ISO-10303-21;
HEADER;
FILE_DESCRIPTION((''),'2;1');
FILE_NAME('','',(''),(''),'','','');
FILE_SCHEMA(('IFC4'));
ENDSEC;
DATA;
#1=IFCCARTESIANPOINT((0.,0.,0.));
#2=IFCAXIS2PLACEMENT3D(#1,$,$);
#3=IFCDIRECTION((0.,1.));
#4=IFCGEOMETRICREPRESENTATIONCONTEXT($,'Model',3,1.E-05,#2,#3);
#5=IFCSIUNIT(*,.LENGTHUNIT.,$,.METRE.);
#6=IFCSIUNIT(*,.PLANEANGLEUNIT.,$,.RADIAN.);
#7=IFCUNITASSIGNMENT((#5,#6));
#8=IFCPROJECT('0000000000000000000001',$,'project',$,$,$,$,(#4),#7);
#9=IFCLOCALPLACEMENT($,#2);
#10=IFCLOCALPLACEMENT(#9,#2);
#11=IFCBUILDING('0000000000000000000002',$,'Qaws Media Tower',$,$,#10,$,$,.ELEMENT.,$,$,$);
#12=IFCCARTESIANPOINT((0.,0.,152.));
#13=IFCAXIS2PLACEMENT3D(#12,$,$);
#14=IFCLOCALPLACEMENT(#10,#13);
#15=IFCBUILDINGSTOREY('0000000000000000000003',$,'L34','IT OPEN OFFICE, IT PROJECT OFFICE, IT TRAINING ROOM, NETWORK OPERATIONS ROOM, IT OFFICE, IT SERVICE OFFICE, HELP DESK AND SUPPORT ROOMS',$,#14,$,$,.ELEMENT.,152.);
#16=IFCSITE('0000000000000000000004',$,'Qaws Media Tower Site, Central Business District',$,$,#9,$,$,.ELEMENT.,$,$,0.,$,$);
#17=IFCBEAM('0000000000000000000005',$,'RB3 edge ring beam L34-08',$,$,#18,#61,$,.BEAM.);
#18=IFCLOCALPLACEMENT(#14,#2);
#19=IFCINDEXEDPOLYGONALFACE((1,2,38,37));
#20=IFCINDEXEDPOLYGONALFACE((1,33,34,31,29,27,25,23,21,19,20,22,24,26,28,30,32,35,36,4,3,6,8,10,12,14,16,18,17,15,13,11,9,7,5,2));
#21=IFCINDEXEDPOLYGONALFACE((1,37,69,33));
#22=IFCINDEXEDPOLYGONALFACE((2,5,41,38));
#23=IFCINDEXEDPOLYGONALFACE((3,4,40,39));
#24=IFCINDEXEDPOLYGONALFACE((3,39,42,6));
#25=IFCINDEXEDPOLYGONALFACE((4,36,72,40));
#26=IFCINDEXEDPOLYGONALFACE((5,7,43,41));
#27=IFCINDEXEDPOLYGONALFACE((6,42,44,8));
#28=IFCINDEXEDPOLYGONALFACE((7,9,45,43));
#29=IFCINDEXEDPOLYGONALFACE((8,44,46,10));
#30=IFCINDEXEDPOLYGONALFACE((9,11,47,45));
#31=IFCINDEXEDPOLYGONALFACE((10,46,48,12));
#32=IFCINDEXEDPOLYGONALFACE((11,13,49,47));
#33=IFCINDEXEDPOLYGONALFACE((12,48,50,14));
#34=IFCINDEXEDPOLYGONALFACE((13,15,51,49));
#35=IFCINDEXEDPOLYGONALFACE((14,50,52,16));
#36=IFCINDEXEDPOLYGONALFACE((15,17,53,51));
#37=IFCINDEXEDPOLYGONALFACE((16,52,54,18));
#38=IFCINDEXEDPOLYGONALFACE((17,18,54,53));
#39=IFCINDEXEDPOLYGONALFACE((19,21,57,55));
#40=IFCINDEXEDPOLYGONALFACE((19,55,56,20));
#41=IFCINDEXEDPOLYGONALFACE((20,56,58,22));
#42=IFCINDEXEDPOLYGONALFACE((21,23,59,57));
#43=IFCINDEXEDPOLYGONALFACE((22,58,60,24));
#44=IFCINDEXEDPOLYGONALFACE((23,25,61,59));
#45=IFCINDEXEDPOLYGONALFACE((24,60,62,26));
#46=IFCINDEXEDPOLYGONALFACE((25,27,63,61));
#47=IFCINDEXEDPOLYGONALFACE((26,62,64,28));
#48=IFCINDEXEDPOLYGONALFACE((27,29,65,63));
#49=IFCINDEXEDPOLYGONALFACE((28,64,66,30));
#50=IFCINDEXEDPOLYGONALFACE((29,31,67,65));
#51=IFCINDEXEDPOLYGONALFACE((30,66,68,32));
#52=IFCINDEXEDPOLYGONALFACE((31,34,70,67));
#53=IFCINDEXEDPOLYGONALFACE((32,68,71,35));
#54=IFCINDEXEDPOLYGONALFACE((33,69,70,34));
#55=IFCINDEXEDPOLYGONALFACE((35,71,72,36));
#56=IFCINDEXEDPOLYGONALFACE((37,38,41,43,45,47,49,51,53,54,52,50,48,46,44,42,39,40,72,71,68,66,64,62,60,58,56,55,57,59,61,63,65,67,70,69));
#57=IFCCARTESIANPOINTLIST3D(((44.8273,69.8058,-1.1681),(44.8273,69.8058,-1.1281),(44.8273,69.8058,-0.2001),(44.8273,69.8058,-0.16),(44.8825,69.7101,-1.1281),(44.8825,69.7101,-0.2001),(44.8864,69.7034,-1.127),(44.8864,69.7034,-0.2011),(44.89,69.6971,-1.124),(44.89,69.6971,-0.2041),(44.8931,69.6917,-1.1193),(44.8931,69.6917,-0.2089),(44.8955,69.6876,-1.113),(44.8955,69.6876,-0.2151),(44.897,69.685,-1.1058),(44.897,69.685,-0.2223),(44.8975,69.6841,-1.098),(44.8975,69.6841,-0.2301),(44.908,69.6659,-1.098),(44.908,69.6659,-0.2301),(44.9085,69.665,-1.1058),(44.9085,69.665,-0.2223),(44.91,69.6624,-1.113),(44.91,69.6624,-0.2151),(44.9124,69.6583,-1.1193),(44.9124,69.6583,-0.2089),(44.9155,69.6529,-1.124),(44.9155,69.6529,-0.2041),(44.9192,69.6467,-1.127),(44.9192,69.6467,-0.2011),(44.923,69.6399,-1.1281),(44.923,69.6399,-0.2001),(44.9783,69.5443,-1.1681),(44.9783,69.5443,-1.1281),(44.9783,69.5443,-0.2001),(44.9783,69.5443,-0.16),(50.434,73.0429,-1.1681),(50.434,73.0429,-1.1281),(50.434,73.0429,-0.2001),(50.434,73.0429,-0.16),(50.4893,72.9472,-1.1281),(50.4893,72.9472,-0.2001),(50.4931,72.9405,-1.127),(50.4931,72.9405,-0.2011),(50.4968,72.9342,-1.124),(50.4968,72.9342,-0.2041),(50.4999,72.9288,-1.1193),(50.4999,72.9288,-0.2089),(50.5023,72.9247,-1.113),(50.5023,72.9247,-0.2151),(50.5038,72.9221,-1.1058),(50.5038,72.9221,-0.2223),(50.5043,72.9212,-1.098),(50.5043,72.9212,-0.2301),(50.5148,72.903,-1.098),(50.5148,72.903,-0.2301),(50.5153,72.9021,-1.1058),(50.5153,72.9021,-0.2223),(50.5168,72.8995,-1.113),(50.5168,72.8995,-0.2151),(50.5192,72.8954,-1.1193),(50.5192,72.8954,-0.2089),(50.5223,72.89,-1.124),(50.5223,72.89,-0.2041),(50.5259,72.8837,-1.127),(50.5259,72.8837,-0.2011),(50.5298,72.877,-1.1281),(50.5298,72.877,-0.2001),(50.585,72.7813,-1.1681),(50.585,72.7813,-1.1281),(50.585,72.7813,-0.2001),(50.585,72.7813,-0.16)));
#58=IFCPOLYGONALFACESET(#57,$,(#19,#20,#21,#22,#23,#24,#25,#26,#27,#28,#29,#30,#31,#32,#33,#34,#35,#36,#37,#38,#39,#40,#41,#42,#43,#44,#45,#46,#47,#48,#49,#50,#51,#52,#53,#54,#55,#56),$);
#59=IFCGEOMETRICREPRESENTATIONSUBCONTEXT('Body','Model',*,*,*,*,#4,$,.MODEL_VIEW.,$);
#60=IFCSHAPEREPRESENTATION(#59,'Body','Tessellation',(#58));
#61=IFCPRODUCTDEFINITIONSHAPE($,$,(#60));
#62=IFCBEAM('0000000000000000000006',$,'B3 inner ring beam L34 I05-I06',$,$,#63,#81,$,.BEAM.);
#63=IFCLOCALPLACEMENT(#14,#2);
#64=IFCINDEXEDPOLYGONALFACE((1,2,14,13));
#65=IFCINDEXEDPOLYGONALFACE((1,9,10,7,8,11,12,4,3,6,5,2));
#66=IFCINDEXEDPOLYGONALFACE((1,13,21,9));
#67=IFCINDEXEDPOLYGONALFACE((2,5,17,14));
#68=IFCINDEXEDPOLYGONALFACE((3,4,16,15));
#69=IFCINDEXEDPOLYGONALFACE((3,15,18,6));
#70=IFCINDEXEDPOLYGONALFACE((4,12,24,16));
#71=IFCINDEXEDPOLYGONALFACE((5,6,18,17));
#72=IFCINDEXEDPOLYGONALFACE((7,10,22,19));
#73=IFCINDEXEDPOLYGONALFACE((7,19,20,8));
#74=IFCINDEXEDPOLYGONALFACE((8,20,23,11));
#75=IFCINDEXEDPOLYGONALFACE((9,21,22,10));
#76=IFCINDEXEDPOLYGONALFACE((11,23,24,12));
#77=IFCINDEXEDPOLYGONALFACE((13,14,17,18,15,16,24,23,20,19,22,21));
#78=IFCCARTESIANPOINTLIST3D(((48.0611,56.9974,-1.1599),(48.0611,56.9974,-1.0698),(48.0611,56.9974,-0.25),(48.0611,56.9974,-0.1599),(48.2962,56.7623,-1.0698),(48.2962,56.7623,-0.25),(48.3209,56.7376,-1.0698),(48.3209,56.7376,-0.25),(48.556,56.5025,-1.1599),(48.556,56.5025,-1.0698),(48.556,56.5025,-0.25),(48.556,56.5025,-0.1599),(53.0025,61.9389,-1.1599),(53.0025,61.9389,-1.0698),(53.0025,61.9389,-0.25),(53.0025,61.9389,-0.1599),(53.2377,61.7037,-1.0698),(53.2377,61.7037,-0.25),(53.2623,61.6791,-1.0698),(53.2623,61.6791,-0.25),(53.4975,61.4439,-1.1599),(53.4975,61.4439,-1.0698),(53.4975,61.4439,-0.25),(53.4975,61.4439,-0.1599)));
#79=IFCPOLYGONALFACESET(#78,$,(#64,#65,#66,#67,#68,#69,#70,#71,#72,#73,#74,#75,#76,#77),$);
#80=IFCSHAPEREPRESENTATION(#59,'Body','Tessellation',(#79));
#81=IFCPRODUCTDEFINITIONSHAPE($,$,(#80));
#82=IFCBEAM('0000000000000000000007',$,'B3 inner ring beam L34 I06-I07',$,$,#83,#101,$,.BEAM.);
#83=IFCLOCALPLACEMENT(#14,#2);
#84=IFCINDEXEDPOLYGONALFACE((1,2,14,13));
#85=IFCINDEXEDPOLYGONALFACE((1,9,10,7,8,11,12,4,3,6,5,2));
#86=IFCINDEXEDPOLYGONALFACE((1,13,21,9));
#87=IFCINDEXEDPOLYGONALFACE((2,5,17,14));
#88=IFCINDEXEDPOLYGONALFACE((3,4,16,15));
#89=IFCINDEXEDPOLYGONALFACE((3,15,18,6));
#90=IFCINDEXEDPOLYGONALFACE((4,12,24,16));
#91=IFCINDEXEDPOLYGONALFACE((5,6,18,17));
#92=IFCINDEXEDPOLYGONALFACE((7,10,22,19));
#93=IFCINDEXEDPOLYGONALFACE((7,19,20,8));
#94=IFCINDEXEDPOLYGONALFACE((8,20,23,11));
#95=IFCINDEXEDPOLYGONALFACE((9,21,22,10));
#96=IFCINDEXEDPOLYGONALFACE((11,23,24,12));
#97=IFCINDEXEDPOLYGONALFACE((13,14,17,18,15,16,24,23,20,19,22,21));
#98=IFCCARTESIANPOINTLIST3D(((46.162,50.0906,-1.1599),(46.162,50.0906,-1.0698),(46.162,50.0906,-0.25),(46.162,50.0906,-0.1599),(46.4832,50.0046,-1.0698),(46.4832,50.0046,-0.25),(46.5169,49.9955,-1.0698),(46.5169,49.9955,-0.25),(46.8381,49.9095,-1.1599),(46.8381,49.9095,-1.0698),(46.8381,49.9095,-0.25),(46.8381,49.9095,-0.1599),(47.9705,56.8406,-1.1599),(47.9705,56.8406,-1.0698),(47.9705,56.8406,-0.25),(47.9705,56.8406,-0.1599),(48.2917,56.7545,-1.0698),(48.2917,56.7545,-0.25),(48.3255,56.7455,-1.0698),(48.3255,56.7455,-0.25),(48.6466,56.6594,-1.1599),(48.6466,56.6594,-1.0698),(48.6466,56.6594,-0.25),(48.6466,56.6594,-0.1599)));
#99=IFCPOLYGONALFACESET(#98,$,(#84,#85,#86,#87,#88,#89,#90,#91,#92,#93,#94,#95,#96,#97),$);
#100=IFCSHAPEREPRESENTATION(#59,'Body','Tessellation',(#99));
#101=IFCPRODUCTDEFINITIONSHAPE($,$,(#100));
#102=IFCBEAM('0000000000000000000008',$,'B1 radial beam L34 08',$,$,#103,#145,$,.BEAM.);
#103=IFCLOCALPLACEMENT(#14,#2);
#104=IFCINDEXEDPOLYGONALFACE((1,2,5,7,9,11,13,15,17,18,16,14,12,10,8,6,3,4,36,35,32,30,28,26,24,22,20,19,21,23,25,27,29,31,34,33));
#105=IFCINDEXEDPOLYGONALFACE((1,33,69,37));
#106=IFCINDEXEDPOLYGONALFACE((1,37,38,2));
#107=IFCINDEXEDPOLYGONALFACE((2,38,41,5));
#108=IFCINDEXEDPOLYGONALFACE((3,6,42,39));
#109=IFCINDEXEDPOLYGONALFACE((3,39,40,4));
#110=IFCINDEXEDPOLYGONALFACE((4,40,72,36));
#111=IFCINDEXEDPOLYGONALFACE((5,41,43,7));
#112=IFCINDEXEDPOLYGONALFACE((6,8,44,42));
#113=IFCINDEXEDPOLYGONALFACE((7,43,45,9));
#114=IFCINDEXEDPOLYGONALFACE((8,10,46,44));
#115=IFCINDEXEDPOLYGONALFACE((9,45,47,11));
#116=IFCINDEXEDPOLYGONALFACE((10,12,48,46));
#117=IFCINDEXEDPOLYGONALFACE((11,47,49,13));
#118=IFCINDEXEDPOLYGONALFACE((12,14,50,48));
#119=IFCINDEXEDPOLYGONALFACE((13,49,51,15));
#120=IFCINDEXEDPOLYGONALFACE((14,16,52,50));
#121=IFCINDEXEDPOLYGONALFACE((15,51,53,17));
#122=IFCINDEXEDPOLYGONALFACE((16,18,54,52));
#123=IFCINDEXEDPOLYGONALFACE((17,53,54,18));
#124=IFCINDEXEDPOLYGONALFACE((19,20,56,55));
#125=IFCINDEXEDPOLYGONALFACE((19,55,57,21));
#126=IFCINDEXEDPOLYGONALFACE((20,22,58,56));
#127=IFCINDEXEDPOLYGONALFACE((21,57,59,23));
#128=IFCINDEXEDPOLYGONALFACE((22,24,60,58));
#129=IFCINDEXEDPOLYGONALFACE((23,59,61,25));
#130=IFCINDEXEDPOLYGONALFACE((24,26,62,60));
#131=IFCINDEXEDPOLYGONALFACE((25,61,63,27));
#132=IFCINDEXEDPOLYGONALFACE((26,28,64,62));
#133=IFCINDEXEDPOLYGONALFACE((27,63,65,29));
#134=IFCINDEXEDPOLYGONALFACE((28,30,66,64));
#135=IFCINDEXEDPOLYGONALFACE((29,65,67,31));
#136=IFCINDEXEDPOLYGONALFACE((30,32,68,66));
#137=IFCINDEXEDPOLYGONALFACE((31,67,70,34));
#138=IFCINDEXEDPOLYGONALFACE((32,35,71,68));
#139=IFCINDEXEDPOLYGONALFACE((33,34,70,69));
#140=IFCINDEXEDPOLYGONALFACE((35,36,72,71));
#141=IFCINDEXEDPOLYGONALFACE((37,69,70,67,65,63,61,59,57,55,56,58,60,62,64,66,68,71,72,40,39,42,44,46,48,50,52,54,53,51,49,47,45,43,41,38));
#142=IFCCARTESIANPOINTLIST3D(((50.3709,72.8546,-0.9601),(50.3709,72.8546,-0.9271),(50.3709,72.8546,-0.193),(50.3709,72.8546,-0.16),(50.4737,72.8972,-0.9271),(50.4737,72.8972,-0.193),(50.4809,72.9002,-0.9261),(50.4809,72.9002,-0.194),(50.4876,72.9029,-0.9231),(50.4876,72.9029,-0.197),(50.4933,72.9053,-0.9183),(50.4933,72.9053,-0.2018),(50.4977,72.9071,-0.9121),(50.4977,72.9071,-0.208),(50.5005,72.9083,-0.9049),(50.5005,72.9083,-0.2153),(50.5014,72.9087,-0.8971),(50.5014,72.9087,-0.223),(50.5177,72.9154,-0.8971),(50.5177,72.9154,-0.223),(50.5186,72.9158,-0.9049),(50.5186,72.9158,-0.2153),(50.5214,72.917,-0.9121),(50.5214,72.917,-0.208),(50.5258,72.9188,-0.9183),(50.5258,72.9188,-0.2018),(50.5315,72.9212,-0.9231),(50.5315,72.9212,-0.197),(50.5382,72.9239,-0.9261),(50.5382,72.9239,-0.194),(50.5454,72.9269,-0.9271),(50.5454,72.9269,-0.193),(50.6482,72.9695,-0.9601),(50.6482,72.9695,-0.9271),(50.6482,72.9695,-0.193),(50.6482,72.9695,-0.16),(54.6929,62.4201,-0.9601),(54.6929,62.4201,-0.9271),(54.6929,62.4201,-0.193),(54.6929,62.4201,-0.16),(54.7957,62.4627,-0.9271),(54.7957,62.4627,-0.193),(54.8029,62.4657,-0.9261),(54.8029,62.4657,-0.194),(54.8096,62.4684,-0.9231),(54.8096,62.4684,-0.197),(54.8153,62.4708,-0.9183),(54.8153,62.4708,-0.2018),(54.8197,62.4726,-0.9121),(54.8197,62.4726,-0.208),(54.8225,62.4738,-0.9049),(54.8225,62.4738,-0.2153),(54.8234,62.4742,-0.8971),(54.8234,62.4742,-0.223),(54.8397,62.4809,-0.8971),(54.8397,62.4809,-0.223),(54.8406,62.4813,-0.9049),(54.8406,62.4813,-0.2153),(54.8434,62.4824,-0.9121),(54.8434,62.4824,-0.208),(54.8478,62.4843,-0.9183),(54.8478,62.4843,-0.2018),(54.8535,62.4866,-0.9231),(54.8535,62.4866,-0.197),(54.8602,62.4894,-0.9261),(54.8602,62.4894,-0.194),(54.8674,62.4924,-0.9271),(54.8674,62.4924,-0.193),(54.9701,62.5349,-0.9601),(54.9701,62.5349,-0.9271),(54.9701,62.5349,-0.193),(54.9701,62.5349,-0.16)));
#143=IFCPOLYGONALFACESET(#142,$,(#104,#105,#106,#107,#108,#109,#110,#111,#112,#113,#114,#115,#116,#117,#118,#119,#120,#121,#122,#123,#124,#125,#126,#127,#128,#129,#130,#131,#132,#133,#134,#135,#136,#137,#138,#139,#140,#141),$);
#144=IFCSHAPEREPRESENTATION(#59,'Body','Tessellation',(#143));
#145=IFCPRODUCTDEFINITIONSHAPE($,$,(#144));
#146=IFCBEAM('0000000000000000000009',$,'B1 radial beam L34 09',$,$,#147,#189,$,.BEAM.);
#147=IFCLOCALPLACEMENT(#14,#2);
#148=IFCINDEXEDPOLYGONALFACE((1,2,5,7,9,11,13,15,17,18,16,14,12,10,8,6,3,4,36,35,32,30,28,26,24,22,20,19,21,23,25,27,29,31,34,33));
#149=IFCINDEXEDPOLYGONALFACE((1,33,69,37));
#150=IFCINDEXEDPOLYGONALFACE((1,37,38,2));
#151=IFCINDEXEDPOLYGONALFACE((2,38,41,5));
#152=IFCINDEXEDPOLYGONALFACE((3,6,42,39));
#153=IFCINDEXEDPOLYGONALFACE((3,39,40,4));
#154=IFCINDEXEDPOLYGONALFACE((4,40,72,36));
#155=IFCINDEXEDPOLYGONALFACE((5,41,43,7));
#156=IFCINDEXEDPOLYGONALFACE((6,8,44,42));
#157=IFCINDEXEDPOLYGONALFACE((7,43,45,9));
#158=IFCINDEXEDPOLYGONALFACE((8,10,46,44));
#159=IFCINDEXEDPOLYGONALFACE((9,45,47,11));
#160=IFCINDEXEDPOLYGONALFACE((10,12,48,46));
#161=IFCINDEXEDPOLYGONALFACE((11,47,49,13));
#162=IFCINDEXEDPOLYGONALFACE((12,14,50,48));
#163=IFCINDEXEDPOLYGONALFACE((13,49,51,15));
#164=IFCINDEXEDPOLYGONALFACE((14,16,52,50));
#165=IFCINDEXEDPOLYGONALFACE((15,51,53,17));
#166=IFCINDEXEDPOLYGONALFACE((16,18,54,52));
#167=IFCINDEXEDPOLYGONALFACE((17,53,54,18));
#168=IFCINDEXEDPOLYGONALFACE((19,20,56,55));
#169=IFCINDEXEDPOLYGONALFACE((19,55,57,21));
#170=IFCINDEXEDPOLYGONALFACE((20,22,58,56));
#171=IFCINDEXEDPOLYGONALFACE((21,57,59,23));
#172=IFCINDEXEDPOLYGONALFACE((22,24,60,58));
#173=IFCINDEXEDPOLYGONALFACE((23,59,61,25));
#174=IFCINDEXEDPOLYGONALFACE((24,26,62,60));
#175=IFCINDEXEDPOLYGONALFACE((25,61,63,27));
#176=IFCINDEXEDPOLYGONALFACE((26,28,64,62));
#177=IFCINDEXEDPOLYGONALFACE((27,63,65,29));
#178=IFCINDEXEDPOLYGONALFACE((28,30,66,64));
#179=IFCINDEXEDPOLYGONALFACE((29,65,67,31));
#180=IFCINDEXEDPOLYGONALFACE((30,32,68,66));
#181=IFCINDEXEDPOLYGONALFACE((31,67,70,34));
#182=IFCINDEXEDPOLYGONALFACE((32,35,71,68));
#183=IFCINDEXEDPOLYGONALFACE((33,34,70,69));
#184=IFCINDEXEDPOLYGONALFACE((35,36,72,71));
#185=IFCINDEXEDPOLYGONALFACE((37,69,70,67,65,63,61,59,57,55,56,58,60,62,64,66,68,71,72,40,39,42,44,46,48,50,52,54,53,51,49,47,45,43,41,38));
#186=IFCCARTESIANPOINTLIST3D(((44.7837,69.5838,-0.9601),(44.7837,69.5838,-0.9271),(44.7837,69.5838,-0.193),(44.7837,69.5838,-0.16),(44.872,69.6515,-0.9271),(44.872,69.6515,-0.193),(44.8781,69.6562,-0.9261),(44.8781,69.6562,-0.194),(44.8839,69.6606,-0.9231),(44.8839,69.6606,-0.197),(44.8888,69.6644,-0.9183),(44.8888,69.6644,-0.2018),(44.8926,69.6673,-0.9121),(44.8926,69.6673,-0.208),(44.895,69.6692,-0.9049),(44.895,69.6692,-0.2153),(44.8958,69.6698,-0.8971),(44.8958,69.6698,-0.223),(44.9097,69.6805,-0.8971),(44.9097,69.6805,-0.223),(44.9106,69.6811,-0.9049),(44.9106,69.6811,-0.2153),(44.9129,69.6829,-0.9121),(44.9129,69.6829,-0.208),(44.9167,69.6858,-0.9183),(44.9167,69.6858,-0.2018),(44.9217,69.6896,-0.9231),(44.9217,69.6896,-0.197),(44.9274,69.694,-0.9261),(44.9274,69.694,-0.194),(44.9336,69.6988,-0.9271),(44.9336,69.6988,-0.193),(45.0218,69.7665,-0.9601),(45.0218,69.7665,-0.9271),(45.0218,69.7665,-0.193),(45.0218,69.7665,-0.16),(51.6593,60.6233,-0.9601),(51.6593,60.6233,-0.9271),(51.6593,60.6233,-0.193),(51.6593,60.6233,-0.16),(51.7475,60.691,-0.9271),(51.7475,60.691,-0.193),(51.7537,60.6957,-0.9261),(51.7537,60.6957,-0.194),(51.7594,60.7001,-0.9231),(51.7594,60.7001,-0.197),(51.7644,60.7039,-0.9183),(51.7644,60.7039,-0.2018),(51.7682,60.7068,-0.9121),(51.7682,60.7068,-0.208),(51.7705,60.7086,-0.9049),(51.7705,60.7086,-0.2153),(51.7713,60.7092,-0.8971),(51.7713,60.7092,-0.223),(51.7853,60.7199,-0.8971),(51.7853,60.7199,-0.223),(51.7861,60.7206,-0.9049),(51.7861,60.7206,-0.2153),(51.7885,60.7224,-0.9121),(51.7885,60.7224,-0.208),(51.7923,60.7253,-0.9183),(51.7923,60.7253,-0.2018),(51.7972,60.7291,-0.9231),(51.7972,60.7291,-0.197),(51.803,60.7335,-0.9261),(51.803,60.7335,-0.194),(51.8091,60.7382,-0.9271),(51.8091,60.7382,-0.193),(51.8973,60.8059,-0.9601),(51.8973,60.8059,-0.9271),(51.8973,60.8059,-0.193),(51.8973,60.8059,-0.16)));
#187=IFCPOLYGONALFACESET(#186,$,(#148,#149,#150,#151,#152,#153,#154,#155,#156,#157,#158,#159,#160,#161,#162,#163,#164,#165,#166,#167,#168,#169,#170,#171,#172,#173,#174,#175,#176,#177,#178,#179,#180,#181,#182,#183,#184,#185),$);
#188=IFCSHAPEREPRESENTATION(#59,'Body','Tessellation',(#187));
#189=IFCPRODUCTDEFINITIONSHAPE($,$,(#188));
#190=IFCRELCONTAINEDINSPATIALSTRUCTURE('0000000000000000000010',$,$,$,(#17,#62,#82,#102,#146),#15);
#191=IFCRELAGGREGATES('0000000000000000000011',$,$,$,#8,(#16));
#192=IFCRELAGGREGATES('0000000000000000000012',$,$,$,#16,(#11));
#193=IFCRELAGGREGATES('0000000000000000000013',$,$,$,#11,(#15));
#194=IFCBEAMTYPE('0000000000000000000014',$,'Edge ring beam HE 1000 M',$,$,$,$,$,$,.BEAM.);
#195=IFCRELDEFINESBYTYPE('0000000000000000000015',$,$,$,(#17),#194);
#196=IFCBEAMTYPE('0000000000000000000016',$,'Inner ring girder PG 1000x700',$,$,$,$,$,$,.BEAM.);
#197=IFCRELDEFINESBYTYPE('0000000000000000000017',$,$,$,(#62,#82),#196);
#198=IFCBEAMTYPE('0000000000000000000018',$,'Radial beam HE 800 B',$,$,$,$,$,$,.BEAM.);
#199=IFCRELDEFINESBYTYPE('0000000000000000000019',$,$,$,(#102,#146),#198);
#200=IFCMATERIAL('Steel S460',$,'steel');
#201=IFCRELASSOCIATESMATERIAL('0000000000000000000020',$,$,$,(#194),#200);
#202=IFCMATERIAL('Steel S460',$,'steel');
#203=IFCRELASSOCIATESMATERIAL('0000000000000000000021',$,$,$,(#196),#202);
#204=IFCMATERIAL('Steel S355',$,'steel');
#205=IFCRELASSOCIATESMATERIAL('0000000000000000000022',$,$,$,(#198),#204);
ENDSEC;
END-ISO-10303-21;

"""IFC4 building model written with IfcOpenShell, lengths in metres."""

from ifc_helpers import new_model, si_unit, direction, frame, origin, origin_2d, place, context, subcontext, project, spatial, i_section, extrude, material, material_profile, profile_set, type_object, element, save


model = new_model("IFC4")

# Units and contexts
model_context = context("Model", 3, precision=1e-05, world=origin(), true_north=direction((0.0, 1.0)))
body_context = subcontext(model_context, "Body", "Model", "MODEL_VIEW")
ifc_project = project(units=[si_unit("LENGTHUNIT", "METRE"), si_unit("PLANEANGLEUNIT", "RADIAN")], contexts=[model_context])

# Site, building, storey
site_placement = place(None, origin())
site = spatial("IfcSite", under=ifc_project, at=site_placement, Name="Qaws Media Tower Site, Central Business District", CompositionType="ELEMENT", RefElevation=0.0)
building_placement = place(site_placement, origin())
building = spatial("IfcBuilding", under=site, at=building_placement, Name="Qaws Media Tower", CompositionType="ELEMENT")
storey_placement = place(building_placement, frame((0.0, 0.0, 152.0)))
storey = spatial("IfcBuildingStorey", under=building, at=storey_placement, Name="L34", Description="IT OPEN OFFICE, IT PROJECT OFFICE, IT TRAINING ROOM, NETWORK OPERATIONS ROOM, IT OFFICE, IT SERVICE OFFICE, HELP DESK AND SUPPORT ROOMS", CompositionType="ELEMENT", Elevation=152.0)

# Beams
ifc_material_1 = material(Name="Steel S460", Category="steel")
ifc_material_profile_1 = material_profile(ifc_material_1, i_section(OverallWidth=0.302, OverallDepth=1.0081, WebThickness=0.021, FlangeThickness=0.04, FilletRadius=0.03, at=origin_2d()), Name="HE 1000 M")
ifc_profile_set_1 = profile_set([ifc_material_profile_1], Name="Steel S460")
beam_type_1 = type_object("IfcBeamType", Name="Edge ring beam HE 1000 M", PredefinedType="BEAM", material=ifc_profile_set_1)
beam_1_placement = place(storey_placement, frame((50.5095, 72.9121, -0.6641), z_axis=(-0.866023, -0.500004, 0.0), x_axis=(0.500004, -0.866023, 0.0)))
element("IfcBeam", 1, at=beam_1_placement, inside=storey, type_object=beam_type_1, Name="RB3 edge ring beam L34-08", PredefinedType="BEAM", context=body_context, shape_type="SweptSolid", body=[
    extrude(i_section(OverallWidth=0.302, OverallDepth=1.0081, WebThickness=0.021, FlangeThickness=0.04, FilletRadius=0.03, at=origin_2d()), origin(), (0.0, 0.0, 1.0), 6.4741),
])
ifc_material_2 = material(Name="Steel S460", Category="steel")
ifc_material_profile_2 = material_profile(ifc_material_2, i_section(OverallWidth=0.7, OverallDepth=1.0, WebThickness=0.0349, FlangeThickness=0.0901, at=origin_2d()), Name="PG 1000x700")
ifc_profile_set_2 = profile_set([ifc_material_profile_2], Name="Steel S460")
beam_type_2 = type_object("IfcBeamType", Name="Inner ring girder PG 1000x700", PredefinedType="BEAM", material=ifc_profile_set_2)
beam_2_placement = place(storey_placement, frame((53.25, 61.6914, -0.6599), z_axis=(-0.707107, -0.707107, 0.0), x_axis=(0.707107, -0.707107, 0.0)))
element("IfcBeam", 2, at=beam_2_placement, inside=storey, type_object=beam_type_2, Name="B3 inner ring beam L34 I05-I06", PredefinedType="BEAM", context=body_context, shape_type="SweptSolid", body=[
    extrude(i_section(OverallWidth=0.7, OverallDepth=1.0, WebThickness=0.0349, FlangeThickness=0.0901, at=origin_2d()), origin(), (0.0, 0.0, 1.0), 6.9883),
])
beam_3_placement = place(storey_placement, frame((48.3086, 56.75, -0.6599), z_axis=(-0.258811, -0.965928, 0.0), x_axis=(0.965928, -0.258811, 0.0)))
element("IfcBeam", 3, at=beam_3_placement, inside=storey, type_object=beam_type_2, Name="B3 inner ring beam L34 I06-I07", PredefinedType="BEAM", context=body_context, shape_type="SweptSolid", body=[
    extrude(i_section(OverallWidth=0.7, OverallDepth=1.0, WebThickness=0.0349, FlangeThickness=0.0901, at=origin_2d()), origin(), (0.0, 0.0, 1.0), 6.988),
])
ifc_material_3 = material(Name="Steel S355", Category="steel")
ifc_material_profile_3 = material_profile(ifc_material_3, i_section(OverallWidth=0.3, OverallDepth=0.8, WebThickness=0.0176, FlangeThickness=0.033, FilletRadius=0.03, at=origin_2d()), Name="HE 800 B")
ifc_profile_set_3 = profile_set([ifc_material_profile_3], Name="Steel S355")
beam_type_3 = type_object("IfcBeamType", Name="Radial beam HE 800 B", PredefinedType="BEAM", material=ifc_profile_set_3)
beam_4_placement = place(storey_placement, frame((54.8315, 62.4775, -0.5601), z_axis=(-0.382674, 0.923883, 0.0), x_axis=(-0.923883, -0.382674, 0.0)))
element("IfcBeam", 4, at=beam_4_placement, inside=storey, type_object=beam_type_3, Name="B1 radial beam L34 08", PredefinedType="BEAM", context=body_context, shape_type="SweptSolid", body=[
    extrude(i_section(OverallWidth=0.3, OverallDepth=0.8, WebThickness=0.0176, FlangeThickness=0.033, FilletRadius=0.03, at=origin_2d()), origin(), (0.0, 0.0, 1.0), 11.2942),
])
for number, where, z_axis, x_axis, name in (
    (5, (51.7783, 60.7146, -0.5601), (-0.608756, 0.793358, 0.0), (-0.793358, -0.608756, 0.0), "B1 radial beam L34 09"),
):
    element("IfcBeam", number, at=place(storey_placement, frame(where, z_axis=z_axis, x_axis=x_axis)), inside=storey, type_object=beam_type_3, Name=name, PredefinedType="BEAM", context=body_context, shape_type="SweptSolid", body=[
        extrude(i_section(OverallWidth=0.3, OverallDepth=0.8, WebThickness=0.0176, FlangeThickness=0.033, FilletRadius=0.03, at=origin_2d()), origin(), (0.0, 0.0, 1.0), 11.2944),
    ])

save(model, "model.ifc")
